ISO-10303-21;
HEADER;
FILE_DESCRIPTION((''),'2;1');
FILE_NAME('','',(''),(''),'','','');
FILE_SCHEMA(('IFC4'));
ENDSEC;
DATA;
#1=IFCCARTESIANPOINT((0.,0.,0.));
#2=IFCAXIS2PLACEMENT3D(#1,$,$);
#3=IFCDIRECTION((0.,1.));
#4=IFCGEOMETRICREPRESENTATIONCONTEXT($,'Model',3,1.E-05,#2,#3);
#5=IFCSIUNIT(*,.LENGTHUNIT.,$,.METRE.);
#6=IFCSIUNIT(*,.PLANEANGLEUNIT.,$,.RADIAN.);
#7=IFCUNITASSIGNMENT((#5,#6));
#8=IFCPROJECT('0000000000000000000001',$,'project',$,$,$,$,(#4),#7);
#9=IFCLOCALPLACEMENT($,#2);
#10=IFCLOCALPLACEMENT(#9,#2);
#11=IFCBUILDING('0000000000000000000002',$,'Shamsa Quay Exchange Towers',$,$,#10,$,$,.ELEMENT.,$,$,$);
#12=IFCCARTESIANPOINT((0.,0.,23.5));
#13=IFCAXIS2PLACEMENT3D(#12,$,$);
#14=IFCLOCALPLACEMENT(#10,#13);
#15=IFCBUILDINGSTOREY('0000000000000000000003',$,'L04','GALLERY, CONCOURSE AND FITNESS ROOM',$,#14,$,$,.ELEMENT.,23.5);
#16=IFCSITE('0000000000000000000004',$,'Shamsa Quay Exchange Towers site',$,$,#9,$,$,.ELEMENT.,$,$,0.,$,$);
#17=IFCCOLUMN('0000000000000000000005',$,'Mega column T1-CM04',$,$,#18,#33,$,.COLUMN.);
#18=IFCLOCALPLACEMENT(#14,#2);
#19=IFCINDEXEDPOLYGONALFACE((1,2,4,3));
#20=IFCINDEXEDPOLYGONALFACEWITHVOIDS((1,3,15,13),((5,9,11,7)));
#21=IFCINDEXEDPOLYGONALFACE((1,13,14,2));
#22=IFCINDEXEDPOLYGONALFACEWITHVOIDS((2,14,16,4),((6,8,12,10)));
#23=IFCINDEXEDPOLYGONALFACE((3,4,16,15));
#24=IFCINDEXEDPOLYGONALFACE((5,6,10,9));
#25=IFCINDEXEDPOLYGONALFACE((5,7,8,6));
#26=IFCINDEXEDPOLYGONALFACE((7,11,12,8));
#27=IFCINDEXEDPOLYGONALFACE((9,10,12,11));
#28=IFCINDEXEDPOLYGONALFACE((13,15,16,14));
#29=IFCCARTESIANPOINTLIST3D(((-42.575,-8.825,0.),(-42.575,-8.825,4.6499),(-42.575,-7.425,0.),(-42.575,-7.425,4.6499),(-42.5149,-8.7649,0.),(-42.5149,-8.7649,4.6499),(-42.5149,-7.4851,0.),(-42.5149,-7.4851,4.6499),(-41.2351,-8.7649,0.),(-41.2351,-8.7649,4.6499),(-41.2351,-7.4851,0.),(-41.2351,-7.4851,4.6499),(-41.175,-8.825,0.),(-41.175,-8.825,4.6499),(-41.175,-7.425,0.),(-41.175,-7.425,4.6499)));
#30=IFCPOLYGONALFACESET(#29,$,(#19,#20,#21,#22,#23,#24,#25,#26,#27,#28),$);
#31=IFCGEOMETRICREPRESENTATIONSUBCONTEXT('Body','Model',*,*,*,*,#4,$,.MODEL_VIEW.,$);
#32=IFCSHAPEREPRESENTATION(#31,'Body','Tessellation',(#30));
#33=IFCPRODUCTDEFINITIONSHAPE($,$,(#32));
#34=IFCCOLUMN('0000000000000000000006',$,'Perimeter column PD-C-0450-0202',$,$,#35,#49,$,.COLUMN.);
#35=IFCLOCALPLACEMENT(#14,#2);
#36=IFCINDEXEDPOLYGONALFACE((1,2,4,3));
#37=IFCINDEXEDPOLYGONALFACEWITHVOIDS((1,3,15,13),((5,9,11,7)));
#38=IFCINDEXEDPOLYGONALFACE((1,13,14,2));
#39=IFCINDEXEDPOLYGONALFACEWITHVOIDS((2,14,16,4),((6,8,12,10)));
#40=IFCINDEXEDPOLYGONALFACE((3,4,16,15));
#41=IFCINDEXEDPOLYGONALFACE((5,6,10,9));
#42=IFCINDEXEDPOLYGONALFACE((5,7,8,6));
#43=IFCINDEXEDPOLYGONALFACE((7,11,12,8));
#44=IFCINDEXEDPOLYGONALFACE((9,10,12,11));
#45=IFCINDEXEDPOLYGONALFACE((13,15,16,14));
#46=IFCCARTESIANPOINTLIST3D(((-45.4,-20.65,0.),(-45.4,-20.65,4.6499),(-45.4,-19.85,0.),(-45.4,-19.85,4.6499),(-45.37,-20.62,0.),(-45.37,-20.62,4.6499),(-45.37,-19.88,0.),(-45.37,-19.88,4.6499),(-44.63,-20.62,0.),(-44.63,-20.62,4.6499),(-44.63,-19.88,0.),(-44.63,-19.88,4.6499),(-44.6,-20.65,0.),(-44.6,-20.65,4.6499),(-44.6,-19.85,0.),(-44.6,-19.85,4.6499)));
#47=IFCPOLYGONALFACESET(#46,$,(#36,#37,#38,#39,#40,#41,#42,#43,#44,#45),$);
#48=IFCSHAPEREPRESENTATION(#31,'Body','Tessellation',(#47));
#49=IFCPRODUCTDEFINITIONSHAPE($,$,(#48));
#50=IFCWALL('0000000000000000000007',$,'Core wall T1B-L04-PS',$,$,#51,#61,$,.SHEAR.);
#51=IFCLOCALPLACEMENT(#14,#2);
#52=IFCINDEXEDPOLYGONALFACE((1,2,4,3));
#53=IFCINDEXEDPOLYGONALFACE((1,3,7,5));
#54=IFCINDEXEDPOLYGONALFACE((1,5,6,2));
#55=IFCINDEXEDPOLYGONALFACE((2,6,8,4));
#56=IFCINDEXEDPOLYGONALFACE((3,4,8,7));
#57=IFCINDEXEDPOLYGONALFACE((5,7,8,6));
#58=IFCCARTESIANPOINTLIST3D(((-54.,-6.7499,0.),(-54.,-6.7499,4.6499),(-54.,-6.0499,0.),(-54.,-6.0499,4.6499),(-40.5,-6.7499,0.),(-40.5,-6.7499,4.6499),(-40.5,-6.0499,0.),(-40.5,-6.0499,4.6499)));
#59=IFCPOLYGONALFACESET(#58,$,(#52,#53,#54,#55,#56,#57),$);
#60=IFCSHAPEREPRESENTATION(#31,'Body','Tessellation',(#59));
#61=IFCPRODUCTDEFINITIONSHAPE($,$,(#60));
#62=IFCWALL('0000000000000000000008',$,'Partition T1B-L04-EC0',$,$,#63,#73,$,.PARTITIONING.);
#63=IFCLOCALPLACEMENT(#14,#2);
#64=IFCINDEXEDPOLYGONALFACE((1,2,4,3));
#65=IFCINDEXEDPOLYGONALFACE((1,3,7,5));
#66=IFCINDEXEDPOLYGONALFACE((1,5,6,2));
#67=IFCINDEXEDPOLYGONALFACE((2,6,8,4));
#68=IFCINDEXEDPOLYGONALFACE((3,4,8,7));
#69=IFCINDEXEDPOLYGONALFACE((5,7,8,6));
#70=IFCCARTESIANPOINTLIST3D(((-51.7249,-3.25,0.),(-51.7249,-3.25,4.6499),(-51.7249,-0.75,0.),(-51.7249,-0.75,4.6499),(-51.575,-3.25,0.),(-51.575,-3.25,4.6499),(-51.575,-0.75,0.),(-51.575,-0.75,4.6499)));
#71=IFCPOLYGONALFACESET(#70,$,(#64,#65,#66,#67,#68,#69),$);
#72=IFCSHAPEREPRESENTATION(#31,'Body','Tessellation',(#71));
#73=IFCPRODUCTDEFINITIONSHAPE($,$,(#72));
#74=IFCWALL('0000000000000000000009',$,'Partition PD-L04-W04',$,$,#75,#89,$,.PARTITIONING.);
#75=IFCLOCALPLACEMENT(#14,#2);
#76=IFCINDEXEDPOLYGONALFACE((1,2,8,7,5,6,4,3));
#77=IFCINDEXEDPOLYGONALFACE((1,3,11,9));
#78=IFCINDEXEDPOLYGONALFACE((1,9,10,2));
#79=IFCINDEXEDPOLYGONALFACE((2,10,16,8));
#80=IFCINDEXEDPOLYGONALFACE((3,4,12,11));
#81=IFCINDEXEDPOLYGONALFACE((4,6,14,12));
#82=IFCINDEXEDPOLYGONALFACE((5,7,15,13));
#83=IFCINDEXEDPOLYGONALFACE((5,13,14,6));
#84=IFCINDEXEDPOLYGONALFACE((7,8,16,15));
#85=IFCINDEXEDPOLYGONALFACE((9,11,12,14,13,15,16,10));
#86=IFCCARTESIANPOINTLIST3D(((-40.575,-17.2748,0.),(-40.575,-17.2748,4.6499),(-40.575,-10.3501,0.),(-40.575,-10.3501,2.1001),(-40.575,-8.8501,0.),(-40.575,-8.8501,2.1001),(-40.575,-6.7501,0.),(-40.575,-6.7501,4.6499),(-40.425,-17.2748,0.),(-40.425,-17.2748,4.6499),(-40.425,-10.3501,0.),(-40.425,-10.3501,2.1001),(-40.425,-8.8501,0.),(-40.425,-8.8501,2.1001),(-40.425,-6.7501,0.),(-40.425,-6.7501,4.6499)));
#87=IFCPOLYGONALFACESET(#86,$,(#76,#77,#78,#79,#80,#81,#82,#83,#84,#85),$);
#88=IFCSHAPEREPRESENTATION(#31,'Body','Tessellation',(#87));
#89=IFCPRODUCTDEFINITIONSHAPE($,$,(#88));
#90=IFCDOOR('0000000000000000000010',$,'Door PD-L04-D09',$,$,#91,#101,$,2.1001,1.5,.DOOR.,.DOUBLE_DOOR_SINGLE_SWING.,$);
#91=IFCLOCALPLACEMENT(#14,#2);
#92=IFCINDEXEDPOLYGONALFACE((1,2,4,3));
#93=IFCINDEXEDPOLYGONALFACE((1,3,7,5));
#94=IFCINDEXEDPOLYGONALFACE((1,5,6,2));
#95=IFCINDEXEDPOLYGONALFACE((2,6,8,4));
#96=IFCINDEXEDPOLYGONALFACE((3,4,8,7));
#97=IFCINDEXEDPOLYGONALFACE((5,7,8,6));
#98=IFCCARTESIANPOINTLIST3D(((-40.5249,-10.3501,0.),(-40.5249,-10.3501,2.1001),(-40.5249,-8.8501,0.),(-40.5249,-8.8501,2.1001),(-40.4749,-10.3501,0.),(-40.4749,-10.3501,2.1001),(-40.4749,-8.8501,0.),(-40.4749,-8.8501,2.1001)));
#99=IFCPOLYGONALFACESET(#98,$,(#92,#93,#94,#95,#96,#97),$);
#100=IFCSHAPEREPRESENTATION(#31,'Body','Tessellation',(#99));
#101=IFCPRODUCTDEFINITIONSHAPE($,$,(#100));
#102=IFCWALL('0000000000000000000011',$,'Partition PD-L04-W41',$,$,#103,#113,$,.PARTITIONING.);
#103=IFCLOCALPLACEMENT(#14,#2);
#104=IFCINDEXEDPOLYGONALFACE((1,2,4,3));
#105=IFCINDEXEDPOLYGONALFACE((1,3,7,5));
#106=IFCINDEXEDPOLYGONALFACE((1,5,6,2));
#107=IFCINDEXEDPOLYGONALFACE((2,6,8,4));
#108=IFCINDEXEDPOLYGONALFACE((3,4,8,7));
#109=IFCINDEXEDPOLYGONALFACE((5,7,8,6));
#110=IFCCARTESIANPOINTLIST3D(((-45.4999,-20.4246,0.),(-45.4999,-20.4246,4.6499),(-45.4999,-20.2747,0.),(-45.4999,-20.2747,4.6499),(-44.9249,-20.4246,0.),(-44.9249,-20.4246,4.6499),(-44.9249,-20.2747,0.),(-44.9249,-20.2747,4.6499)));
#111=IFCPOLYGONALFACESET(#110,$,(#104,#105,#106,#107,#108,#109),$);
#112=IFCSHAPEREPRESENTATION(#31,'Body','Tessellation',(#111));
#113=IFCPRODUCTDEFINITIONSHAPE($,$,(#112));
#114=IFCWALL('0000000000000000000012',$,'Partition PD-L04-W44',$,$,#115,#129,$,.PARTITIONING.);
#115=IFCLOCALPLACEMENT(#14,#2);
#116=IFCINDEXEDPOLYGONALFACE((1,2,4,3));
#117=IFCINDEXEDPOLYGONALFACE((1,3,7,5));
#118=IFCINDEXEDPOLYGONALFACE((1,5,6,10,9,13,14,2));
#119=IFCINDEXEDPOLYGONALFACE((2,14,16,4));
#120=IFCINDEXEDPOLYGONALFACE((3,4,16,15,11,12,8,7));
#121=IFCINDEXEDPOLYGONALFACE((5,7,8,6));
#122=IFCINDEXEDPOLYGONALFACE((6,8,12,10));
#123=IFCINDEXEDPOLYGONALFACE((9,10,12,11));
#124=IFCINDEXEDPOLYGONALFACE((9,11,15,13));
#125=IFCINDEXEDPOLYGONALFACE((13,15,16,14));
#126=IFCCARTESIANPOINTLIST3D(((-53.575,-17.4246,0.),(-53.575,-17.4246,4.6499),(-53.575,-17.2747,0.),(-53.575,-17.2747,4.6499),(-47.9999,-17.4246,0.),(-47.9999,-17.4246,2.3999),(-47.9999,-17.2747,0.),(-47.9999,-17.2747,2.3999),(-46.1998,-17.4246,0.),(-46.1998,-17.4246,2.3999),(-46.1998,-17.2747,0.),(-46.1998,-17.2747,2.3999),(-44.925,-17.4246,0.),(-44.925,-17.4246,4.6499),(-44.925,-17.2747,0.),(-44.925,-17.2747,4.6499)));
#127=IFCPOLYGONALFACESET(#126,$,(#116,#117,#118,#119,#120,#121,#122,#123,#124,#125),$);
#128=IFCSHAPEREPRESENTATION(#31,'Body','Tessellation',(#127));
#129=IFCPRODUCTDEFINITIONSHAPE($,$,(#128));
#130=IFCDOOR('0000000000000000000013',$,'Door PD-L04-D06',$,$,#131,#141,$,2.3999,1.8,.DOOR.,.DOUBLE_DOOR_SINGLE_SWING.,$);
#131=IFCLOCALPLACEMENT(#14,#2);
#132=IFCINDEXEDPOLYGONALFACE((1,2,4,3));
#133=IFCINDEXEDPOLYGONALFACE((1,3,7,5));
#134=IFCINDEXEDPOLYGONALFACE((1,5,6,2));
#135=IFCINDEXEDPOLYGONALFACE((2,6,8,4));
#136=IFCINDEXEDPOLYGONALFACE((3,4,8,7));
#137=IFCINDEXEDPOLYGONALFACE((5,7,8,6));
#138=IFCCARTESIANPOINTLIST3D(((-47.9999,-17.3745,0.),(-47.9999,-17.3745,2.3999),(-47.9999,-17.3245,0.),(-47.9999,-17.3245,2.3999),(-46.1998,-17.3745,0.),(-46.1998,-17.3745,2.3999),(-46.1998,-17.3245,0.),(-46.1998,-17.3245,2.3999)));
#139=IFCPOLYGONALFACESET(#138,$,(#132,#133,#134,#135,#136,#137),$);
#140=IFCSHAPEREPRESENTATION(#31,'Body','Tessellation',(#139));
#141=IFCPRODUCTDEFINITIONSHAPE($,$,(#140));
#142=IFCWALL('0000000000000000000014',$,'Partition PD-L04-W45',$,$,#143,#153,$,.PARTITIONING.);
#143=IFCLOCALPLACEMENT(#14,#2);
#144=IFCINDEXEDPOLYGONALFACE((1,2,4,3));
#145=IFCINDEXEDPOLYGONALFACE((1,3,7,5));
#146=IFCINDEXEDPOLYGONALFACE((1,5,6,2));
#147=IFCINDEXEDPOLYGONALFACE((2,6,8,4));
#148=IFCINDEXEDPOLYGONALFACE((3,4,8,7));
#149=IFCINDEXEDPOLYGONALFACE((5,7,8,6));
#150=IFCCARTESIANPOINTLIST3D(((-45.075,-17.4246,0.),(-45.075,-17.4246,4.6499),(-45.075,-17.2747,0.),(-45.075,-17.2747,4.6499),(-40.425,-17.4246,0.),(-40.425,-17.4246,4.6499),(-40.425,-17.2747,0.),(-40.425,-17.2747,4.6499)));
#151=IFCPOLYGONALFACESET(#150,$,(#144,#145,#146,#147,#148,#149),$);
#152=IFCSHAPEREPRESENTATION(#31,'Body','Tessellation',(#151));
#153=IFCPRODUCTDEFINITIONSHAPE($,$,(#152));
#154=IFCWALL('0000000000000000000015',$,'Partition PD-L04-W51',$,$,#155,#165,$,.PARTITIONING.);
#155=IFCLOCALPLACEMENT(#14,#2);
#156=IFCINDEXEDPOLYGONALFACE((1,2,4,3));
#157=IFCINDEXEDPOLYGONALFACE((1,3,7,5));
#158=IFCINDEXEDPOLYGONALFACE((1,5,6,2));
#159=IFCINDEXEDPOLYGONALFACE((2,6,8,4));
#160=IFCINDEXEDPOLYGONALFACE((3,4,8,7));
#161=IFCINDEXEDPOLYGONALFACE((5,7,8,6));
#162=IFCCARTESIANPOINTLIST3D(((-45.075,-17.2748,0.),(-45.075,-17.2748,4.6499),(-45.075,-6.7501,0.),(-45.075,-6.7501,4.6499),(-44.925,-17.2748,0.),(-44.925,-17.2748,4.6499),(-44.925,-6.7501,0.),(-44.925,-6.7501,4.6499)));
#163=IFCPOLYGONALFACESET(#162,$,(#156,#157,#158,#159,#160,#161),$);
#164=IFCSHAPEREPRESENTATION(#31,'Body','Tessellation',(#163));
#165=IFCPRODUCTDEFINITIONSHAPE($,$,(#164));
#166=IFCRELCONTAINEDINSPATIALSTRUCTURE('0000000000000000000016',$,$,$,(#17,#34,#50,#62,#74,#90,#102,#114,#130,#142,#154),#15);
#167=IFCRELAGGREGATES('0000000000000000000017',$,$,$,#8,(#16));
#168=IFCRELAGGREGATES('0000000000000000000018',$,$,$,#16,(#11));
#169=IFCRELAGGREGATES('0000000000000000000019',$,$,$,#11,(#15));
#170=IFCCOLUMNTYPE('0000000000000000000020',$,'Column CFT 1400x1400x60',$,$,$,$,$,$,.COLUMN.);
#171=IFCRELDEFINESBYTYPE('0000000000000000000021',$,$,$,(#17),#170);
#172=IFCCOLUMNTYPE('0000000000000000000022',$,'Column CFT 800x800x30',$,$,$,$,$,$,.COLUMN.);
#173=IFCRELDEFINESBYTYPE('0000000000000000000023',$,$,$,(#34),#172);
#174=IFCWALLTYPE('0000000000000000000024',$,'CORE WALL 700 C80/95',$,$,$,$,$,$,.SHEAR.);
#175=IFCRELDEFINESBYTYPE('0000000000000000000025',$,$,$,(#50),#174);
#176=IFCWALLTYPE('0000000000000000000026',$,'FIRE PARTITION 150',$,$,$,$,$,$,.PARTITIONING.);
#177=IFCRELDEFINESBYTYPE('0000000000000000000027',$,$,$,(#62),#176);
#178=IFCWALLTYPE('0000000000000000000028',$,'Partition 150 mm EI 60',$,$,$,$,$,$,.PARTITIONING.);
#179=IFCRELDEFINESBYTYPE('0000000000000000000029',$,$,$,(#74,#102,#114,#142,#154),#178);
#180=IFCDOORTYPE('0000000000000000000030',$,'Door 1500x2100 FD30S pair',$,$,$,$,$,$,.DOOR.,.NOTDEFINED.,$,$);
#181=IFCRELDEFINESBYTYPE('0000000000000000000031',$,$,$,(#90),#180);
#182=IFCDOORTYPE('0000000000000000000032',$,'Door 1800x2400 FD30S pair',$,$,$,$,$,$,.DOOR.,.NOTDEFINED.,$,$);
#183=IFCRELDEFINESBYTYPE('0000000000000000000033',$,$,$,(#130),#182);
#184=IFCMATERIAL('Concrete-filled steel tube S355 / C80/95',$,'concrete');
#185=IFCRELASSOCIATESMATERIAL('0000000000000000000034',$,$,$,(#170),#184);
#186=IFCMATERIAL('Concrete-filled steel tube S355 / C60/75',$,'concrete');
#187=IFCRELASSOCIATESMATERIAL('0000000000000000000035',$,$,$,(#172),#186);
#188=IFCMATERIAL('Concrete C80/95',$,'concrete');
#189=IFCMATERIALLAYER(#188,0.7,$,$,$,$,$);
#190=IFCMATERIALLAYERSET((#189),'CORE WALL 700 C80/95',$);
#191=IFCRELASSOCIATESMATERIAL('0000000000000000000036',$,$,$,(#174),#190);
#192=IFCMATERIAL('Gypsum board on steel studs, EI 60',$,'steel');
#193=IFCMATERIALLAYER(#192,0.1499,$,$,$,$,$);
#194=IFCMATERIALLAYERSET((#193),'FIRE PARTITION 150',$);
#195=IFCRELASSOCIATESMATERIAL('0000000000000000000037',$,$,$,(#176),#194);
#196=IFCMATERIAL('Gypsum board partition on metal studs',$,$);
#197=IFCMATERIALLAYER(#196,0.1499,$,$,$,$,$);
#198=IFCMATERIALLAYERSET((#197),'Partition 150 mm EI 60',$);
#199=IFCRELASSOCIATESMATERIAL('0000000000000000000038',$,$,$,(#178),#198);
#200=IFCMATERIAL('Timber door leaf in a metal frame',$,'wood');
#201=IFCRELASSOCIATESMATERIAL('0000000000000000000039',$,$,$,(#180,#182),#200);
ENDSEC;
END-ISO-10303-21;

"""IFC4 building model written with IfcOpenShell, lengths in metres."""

from ifc_helpers import new_model, si_unit, direction, frame, frame_2d, origin, origin_2d, place, context, subcontext, project, spatial, rectangle, hollow_rectangle, extrude, material, layer, layer_set, material_profile, profile_set, type_object, element, fill, save


model = new_model("IFC4")

# Units and contexts
model_context = context("Model", 3, precision=1e-05, world=origin(), true_north=direction((0.0, 1.0)))
body_context = subcontext(model_context, "Body", "Model", "MODEL_VIEW")
ifc_project = project(units=[si_unit("LENGTHUNIT", "METRE"), si_unit("PLANEANGLEUNIT", "RADIAN")], contexts=[model_context])

# Site, building, storey
site_placement = place(None, origin())
site = spatial("IfcSite", under=ifc_project, at=site_placement, Name="Shamsa Quay Exchange Towers site", CompositionType="ELEMENT", RefElevation=0.0)
building_placement = place(site_placement, origin())
building = spatial("IfcBuilding", under=site, at=building_placement, Name="Shamsa Quay Exchange Towers", CompositionType="ELEMENT")
storey_placement = place(building_placement, frame((0.0, 0.0, 23.5)))
storey = spatial("IfcBuildingStorey", under=building, at=storey_placement, Name="L04", Description="GALLERY, CONCOURSE AND FITNESS ROOM", CompositionType="ELEMENT", Elevation=23.5)

# Columns
ifc_material_1 = material(Name="Concrete-filled steel tube S355 / C80/95", Category="concrete")
ifc_material_profile_1 = material_profile(ifc_material_1, hollow_rectangle(XDim=1.3999, YDim=1.3999, WallThickness=0.0601, at=origin_2d()), Name="CFT 1400x1400x60")
ifc_profile_set_1 = profile_set([ifc_material_profile_1], Name="Concrete-filled steel tube S355 / C80/95")
column_type_1 = type_object("IfcColumnType", Name="Column CFT 1400x1400x60", PredefinedType="COLUMN", material=ifc_profile_set_1)
column_1_placement = place(storey_placement, frame((-41.875, -8.125, 0.0)))
element("IfcColumn", 1, at=column_1_placement, inside=storey, type_object=column_type_1, Name="Mega column T1-CM04", PredefinedType="COLUMN", context=body_context, shape_type="SweptSolid", body=[
    extrude(hollow_rectangle(XDim=1.3999, YDim=1.3999, WallThickness=0.0601, at=origin_2d()), origin(), (0.0, 0.0, 1.0), 4.6499),
])
ifc_material_2 = material(Name="Concrete-filled steel tube S355 / C60/75", Category="concrete")
ifc_material_profile_2 = material_profile(ifc_material_2, hollow_rectangle(XDim=0.8, YDim=0.8, WallThickness=0.03, at=origin_2d()), Name="CFT 800x800x30")
ifc_profile_set_2 = profile_set([ifc_material_profile_2], Name="Concrete-filled steel tube S355 / C60/75")
column_type_2 = type_object("IfcColumnType", Name="Column CFT 800x800x30", PredefinedType="COLUMN", material=ifc_profile_set_2)
column_2_placement = place(storey_placement, frame((-45.0, -20.25, 0.0)))
element("IfcColumn", 2, at=column_2_placement, inside=storey, type_object=column_type_2, Name="Perimeter column PD-C-0450-0202", PredefinedType="COLUMN", context=body_context, shape_type="SweptSolid", body=[
    extrude(hollow_rectangle(XDim=0.8, YDim=0.8, WallThickness=0.03, at=origin_2d()), origin(), (0.0, 0.0, 1.0), 4.6499),
])

# Wall
ifc_material_3 = material(Name="Concrete C80/95", Category="concrete")
ifc_layer_1 = layer(ifc_material_3, 0.7)
ifc_layer_set_1 = layer_set([ifc_layer_1], Name="CORE WALL 700 C80/95")
wall_type_1 = type_object("IfcWallType", Name="CORE WALL 700 C80/95", PredefinedType="SHEAR", material=ifc_layer_set_1)
wall_1_placement = place(storey_placement, frame((-40.5, -6.3999, 0.0), z_axis=(0.0, 0.0, 1.0), x_axis=(-1.0, 0.0, 0.0)))
element("IfcWall", 3, at=wall_1_placement, inside=storey, type_object=wall_type_1, Name="Core wall T1B-L04-PS", PredefinedType="SHEAR", context=body_context, shape_type="SweptSolid", body=[
    extrude(rectangle(XDim=13.5, YDim=0.7, at=frame_2d((6.75, 0.0))), origin(), (0.0, 0.0, 1.0), 4.6499),
])

# Wall
ifc_material_4 = material(Name="Gypsum board on steel studs, EI 60", Category="steel")
ifc_layer_2 = layer(ifc_material_4, 0.1499)
ifc_layer_set_2 = layer_set([ifc_layer_2], Name="FIRE PARTITION 150")
wall_type_2 = type_object("IfcWallType", Name="FIRE PARTITION 150", PredefinedType="PARTITIONING", material=ifc_layer_set_2)
wall_2_placement = place(storey_placement, frame((-51.6499, -3.25, 0.0), z_axis=(0.0, 0.0, 1.0), x_axis=(0.0, 1.0, 0.0)))
element("IfcWall", 4, at=wall_2_placement, inside=storey, type_object=wall_type_2, Name="Partition T1B-L04-EC0", PredefinedType="PARTITIONING", context=body_context, shape_type="SweptSolid", body=[
    extrude(rectangle(XDim=2.5, YDim=0.1499, at=frame_2d((1.25, 0.0))), origin(), (0.0, 0.0, 1.0), 4.6499),
])

# Wall, opening, door
ifc_material_5 = material(Name="Gypsum board partition on metal studs")
ifc_layer_3 = layer(ifc_material_5, 0.1499)
ifc_layer_set_3 = layer_set([ifc_layer_3], Name="Partition 150 mm EI 60")
wall_type_3 = type_object("IfcWallType", Name="Partition 150 mm EI 60", PredefinedType="PARTITIONING", material=ifc_layer_set_3)
wall_3_placement = place(storey_placement, frame((-40.5, -17.2747, 0.0), z_axis=(0.0, 0.0, 1.0), x_axis=(0.0, 1.0, 0.0)))
wall_3 = element("IfcWall", 5, at=wall_3_placement, inside=storey, type_object=wall_type_3, Name="Partition PD-L04-W04", PredefinedType="PARTITIONING", context=body_context, shape_type="SweptSolid", body=[
    extrude(rectangle(XDim=10.5247, YDim=0.1499, at=frame_2d((5.2622, 0.0))), origin(), (0.0, 0.0, 1.0), 4.6499),
])
opening_1_placement = place(wall_3_placement, frame((6.9246, 0.0, 0.0)))
opening_1 = element("IfcOpeningElement", 6, at=opening_1_placement, cuts=wall_3, PredefinedType="OPENING", context=body_context, shape_type="SweptSolid", body=[
    extrude(rectangle(XDim=1.5, YDim=2.1001, at=frame_2d((0.75, 1.05))), frame((0.0, 0.085, 0.0), z_axis=(0.0, -1.0, 0.0), x_axis=(1.0, 0.0, 0.0)), (0.0, 0.0, 1.0), 0.1699),
])
ifc_material_6 = material(Name="Timber door leaf in a metal frame", Category="wood")
door_type_1 = type_object("IfcDoorType", Name="Door 1500x2100 FD30S pair", OperationType="NOTDEFINED", PredefinedType="DOOR", material=ifc_material_6)
door_1_placement = place(opening_1_placement, origin())
door_1 = element("IfcDoor", 7, at=door_1_placement, inside=storey, type_object=door_type_1, Name="Door PD-L04-D09", OperationType="DOUBLE_DOOR_SINGLE_SWING", OverallHeight=2.1001, OverallWidth=1.5, PredefinedType="DOOR", context=body_context, shape_type="SweptSolid", body=[
    extrude(rectangle(XDim=1.5, YDim=2.1001, at=frame_2d((0.75, 1.05))), frame((0.0, 0.0249, 0.0), z_axis=(0.0, -1.0, 0.0), x_axis=(1.0, 0.0, 0.0)), (0.0, 0.0, 1.0), 0.05),
])
fill(opening_1, door_1)

# Wall
wall_4_placement = place(storey_placement, frame((-45.5, -20.3496, 0.0)))
element("IfcWall", 8, at=wall_4_placement, inside=storey, type_object=wall_type_3, Name="Partition PD-L04-W41", PredefinedType="PARTITIONING", context=body_context, shape_type="SweptSolid", body=[
    extrude(rectangle(XDim=0.575, YDim=0.1499, at=frame_2d((0.2876, 0.0))), origin(), (0.0, 0.0, 1.0), 4.6499),
])

# Wall, opening, door
wall_5_placement = place(storey_placement, frame((-44.925, -17.3496, 0.0), z_axis=(0.0, 0.0, 1.0), x_axis=(-1.0, 0.0, 0.0)))
wall_5 = element("IfcWall", 9, at=wall_5_placement, inside=storey, type_object=wall_type_3, Name="Partition PD-L04-W44", PredefinedType="PARTITIONING", context=body_context, shape_type="SweptSolid", body=[
    extrude(rectangle(XDim=8.6499, YDim=0.1499, at=frame_2d((4.325, 0.0))), origin(), (0.0, 0.0, 1.0), 4.6499),
])
opening_2_placement = place(wall_5_placement, frame((1.2749, 0.0, 0.0)))
opening_2 = element("IfcOpeningElement", 10, at=opening_2_placement, cuts=wall_5, PredefinedType="OPENING", context=body_context, shape_type="SweptSolid", body=[
    extrude(rectangle(XDim=1.8, YDim=2.3999, at=frame_2d((0.8999, 1.2))), frame((0.0, 0.085, 0.0), z_axis=(0.0, -1.0, 0.0), x_axis=(1.0, 0.0, 0.0)), (0.0, 0.0, 1.0), 0.1699),
])
door_type_2 = type_object("IfcDoorType", Name="Door 1800x2400 FD30S pair", OperationType="NOTDEFINED", PredefinedType="DOOR", material=ifc_material_6)
door_2_placement = place(opening_2_placement, origin())
door_2 = element("IfcDoor", 11, at=door_2_placement, inside=storey, type_object=door_type_2, Name="Door PD-L04-D06", OperationType="DOUBLE_DOOR_SINGLE_SWING", OverallHeight=2.3999, OverallWidth=1.8, PredefinedType="DOOR", context=body_context, shape_type="SweptSolid", body=[
    extrude(rectangle(XDim=1.8, YDim=2.3999, at=frame_2d((0.8999, 1.2))), frame((0.0, 0.0249, 0.0), z_axis=(0.0, -1.0, 0.0), x_axis=(1.0, 0.0, 0.0)), (0.0, 0.0, 1.0), 0.05),
])
fill(opening_2, door_2)

# Walls
wall_6_placement = place(storey_placement, frame((-45.075, -17.3496, 0.0)))
element("IfcWall", 12, at=wall_6_placement, inside=storey, type_object=wall_type_3, Name="Partition PD-L04-W45", PredefinedType="PARTITIONING", context=body_context, shape_type="SweptSolid", body=[
    extrude(rectangle(XDim=4.6499, YDim=0.1499, at=frame_2d((2.325, 0.0))), origin(), (0.0, 0.0, 1.0), 4.6499),
])
wall_7_placement = place(storey_placement, frame((-45.0, -17.2747, 0.0), z_axis=(0.0, 0.0, 1.0), x_axis=(0.0, 1.0, 0.0)))
element("IfcWall", 13, at=wall_7_placement, inside=storey, type_object=wall_type_3, Name="Partition PD-L04-W51", PredefinedType="PARTITIONING", context=body_context, shape_type="SweptSolid", body=[
    extrude(rectangle(XDim=10.5247, YDim=0.1499, at=frame_2d((5.2622, 0.0))), origin(), (0.0, 0.0, 1.0), 4.6499),
])

save(model, "model.ifc")
